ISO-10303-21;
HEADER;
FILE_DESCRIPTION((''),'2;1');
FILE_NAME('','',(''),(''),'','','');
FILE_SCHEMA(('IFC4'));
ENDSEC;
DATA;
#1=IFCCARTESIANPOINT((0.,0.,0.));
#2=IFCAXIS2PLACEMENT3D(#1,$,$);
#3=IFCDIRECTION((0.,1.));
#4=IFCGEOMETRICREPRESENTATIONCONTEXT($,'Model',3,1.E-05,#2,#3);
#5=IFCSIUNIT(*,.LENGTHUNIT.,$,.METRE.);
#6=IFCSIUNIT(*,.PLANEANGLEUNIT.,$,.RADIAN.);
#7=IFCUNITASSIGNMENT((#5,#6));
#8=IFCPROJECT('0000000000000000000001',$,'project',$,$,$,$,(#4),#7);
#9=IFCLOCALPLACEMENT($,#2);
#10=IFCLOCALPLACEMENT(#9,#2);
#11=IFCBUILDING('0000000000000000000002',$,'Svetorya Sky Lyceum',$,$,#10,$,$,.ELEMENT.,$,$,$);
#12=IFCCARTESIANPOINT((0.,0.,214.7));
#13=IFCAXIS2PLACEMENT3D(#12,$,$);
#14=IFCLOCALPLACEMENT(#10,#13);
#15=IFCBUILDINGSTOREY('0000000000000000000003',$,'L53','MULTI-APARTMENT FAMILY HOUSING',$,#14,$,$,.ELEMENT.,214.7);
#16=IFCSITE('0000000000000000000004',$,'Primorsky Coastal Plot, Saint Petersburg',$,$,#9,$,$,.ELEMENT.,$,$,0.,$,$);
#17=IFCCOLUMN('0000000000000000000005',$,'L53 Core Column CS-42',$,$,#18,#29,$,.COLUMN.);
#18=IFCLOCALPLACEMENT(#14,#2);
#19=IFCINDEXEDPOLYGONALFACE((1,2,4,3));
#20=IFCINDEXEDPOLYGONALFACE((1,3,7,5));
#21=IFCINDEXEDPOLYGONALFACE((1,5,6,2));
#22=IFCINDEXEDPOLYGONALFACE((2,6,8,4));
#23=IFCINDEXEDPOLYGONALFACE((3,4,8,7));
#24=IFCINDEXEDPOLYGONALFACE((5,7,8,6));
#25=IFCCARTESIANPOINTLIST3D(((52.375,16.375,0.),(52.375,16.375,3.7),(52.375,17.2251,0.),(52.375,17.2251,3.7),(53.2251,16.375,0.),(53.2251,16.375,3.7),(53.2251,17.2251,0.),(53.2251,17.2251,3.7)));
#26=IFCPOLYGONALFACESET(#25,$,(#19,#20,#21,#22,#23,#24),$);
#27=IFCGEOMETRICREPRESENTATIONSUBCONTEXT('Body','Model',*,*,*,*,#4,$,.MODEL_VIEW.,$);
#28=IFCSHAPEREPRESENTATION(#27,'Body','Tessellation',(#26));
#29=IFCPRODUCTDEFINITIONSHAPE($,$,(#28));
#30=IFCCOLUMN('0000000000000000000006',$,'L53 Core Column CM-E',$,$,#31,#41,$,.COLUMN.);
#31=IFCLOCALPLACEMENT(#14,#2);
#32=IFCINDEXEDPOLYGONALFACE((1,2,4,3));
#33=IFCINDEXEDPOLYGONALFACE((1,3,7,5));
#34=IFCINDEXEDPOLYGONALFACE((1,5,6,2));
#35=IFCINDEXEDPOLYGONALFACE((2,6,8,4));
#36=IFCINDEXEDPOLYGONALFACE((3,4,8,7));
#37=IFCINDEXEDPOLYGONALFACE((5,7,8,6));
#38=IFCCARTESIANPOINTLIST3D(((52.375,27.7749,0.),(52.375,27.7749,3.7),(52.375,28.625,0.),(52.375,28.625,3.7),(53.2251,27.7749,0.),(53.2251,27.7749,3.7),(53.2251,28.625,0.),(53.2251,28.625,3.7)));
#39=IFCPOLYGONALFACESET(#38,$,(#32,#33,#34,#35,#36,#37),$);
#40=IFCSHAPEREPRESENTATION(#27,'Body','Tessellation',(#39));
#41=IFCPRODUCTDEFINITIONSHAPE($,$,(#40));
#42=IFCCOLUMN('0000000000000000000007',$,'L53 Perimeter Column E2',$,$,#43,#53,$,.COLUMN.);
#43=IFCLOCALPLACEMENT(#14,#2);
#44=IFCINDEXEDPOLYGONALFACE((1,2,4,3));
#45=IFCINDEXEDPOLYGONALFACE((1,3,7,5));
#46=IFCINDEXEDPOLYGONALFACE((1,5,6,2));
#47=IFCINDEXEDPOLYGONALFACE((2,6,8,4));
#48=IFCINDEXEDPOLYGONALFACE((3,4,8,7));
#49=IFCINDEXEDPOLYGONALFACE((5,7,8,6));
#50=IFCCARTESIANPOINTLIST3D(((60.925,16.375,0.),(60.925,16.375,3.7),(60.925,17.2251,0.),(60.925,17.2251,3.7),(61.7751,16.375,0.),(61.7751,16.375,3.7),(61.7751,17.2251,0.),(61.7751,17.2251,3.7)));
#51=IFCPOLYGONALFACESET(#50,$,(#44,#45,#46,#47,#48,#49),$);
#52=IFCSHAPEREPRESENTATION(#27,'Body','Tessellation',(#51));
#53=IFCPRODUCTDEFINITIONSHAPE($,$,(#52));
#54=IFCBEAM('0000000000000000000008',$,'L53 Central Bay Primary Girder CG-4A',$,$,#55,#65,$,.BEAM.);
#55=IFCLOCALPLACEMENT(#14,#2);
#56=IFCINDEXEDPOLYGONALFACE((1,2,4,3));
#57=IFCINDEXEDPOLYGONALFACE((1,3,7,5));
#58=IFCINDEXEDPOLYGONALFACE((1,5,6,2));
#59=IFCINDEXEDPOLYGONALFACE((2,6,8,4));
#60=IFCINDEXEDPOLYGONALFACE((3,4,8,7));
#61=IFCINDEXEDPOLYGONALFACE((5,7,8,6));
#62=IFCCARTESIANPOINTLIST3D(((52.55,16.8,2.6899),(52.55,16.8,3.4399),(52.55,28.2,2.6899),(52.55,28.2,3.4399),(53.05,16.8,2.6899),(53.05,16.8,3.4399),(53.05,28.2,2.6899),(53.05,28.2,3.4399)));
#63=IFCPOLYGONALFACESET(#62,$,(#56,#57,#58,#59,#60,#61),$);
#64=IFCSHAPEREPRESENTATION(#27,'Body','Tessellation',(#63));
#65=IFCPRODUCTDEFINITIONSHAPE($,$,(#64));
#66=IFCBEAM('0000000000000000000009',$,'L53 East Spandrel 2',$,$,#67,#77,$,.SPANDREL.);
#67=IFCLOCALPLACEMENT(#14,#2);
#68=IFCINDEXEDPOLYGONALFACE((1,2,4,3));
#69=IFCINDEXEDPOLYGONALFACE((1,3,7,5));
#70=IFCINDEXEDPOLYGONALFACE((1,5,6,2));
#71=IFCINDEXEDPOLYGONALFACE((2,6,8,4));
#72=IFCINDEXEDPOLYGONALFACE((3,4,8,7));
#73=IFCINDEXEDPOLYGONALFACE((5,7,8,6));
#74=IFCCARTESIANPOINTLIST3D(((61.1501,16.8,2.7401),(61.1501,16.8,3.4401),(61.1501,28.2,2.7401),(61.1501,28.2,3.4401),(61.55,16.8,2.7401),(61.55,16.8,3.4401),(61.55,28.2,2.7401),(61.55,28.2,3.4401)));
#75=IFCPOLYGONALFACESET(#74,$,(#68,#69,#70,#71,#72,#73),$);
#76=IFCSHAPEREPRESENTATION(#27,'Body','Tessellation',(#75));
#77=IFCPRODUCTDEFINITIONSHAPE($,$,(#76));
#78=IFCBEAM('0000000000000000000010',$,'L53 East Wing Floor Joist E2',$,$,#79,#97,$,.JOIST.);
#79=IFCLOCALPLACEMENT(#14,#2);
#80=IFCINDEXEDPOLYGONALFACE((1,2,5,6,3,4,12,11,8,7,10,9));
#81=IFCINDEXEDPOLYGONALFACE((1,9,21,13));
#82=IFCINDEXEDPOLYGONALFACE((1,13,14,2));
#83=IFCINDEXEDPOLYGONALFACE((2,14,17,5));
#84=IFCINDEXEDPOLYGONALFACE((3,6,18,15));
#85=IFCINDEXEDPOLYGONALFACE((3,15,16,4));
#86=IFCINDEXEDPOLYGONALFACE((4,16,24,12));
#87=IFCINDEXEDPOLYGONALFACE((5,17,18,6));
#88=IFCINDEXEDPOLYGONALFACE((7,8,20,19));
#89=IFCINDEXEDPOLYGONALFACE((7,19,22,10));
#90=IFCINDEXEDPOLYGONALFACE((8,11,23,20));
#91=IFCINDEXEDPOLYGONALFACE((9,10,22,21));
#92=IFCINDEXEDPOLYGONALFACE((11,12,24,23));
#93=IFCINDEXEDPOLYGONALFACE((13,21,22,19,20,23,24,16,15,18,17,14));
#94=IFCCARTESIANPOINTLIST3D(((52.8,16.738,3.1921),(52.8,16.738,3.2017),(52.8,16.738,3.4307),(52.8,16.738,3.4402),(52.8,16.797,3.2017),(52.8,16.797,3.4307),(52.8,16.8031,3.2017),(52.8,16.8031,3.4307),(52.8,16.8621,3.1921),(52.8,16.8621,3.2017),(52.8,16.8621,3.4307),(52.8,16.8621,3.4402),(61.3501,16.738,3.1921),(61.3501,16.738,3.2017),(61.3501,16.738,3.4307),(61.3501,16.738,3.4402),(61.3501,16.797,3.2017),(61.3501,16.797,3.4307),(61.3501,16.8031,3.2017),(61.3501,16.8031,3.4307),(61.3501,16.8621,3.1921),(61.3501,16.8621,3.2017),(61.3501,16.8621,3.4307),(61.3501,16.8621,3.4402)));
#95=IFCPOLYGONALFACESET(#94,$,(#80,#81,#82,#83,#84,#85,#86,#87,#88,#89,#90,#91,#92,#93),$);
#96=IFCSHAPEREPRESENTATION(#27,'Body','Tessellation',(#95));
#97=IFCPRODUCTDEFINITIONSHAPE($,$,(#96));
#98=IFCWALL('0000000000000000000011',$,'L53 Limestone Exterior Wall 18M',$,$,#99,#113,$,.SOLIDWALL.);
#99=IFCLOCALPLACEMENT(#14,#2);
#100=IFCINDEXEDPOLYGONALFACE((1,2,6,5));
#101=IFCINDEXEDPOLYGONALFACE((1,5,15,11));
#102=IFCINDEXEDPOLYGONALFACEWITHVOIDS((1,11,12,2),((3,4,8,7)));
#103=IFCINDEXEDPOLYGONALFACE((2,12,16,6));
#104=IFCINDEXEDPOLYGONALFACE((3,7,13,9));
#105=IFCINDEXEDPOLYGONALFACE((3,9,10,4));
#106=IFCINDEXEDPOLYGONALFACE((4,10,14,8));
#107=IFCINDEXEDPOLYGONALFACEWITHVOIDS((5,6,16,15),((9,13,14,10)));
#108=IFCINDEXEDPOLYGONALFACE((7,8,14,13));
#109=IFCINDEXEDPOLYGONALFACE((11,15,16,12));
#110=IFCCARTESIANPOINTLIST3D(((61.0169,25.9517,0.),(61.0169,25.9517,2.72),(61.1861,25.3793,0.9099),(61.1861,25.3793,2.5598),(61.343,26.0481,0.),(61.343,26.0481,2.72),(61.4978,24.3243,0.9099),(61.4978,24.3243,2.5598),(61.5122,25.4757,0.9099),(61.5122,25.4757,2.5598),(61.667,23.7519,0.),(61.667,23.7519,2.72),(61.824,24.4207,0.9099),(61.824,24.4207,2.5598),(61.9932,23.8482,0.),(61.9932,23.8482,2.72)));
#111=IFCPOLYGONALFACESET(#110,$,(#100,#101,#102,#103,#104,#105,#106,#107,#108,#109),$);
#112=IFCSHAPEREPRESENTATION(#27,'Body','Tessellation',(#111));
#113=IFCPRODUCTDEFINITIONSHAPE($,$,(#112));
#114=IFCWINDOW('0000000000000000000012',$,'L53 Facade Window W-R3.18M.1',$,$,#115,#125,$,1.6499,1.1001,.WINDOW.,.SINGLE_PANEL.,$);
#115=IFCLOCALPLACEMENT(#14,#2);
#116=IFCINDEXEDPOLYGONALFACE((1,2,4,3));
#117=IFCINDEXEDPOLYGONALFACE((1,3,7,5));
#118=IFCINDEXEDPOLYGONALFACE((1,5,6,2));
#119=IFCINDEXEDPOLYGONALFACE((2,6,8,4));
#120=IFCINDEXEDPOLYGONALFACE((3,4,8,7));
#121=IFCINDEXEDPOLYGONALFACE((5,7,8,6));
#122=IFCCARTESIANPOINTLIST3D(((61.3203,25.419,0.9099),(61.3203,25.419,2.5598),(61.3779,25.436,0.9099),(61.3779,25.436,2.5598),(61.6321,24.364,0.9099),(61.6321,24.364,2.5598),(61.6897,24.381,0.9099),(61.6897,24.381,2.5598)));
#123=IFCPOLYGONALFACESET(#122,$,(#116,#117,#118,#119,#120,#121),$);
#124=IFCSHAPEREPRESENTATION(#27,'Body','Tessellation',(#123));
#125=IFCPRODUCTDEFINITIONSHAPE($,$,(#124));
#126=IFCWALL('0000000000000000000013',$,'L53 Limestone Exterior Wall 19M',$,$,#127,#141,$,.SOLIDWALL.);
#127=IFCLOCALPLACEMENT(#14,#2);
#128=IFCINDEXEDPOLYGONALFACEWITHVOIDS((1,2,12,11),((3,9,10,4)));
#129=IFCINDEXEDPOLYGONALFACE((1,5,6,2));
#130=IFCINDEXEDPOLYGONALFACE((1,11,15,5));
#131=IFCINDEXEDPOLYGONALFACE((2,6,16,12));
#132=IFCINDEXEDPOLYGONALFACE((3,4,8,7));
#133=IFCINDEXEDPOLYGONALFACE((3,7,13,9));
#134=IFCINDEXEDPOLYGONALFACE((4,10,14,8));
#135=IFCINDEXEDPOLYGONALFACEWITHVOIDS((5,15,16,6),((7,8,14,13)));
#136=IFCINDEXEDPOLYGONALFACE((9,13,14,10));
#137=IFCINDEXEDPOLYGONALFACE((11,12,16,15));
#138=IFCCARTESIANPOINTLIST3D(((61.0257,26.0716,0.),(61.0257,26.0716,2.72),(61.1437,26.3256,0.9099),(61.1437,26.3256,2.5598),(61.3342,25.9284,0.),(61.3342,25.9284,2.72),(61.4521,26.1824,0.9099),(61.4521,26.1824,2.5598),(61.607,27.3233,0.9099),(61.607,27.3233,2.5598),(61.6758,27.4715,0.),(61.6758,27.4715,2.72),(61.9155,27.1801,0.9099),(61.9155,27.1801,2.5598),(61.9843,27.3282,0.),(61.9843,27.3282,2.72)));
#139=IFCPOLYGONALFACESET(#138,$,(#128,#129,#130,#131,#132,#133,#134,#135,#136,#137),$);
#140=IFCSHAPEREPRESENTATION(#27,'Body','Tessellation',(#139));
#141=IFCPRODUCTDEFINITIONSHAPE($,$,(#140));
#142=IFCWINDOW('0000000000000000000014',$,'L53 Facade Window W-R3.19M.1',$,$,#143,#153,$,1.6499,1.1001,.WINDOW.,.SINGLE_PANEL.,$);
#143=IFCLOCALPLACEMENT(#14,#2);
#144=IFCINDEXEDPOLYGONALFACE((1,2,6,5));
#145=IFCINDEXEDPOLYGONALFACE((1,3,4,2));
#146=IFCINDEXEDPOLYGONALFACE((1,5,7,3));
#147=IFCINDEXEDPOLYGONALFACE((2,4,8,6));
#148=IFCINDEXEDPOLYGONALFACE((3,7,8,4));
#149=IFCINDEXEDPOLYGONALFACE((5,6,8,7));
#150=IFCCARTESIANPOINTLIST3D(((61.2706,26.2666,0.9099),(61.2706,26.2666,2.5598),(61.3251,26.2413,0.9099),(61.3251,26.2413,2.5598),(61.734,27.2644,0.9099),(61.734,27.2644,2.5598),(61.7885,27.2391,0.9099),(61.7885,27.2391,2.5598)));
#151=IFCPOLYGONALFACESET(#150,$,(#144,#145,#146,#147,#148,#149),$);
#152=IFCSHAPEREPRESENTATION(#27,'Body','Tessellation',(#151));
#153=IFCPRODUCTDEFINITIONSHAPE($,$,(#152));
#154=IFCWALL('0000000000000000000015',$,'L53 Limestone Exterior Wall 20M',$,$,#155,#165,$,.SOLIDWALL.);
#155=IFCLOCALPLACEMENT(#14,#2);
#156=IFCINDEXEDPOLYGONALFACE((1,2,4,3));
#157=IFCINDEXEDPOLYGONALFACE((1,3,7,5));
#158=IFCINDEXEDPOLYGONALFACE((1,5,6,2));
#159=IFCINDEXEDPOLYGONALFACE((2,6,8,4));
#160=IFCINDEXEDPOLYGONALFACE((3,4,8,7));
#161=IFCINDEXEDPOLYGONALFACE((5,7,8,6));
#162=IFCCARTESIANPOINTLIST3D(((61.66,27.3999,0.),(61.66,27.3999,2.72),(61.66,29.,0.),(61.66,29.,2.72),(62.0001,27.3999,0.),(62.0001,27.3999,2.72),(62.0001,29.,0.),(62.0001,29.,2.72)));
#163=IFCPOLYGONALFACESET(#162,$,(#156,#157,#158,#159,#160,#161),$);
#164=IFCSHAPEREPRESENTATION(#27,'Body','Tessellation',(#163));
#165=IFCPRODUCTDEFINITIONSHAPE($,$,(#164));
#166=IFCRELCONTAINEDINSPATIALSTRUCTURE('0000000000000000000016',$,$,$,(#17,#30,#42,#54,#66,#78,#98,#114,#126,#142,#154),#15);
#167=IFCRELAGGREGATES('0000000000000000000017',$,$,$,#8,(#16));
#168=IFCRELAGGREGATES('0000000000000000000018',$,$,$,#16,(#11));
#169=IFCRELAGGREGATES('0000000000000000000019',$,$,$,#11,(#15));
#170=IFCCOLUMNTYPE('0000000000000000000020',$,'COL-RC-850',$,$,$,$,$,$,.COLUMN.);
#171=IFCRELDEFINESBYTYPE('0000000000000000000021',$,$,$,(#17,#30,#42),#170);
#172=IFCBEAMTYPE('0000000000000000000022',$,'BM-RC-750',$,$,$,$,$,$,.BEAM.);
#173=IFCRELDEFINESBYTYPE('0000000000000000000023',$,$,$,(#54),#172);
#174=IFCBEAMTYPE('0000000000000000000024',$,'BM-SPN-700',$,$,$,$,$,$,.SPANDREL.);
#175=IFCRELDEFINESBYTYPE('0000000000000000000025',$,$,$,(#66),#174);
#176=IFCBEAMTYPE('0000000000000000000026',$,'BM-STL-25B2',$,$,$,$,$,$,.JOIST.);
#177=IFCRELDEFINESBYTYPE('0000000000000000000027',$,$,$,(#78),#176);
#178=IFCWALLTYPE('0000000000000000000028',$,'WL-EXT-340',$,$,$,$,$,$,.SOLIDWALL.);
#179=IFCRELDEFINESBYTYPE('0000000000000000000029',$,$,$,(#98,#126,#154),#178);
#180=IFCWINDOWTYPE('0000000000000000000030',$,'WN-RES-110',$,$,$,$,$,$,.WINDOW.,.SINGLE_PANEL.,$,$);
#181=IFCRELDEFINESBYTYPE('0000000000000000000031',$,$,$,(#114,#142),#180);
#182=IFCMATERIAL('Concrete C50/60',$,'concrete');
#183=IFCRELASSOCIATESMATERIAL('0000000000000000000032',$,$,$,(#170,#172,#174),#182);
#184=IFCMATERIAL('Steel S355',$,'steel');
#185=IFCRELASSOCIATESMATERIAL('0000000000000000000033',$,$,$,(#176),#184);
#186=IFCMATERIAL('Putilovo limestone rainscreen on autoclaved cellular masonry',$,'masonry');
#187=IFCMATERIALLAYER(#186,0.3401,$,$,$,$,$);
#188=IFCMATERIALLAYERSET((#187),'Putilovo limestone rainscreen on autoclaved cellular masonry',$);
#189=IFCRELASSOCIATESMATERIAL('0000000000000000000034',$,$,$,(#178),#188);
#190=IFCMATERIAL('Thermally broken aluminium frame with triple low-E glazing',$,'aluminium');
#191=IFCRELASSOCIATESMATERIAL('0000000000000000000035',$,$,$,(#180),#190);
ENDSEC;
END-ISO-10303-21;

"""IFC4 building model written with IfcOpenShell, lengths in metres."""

from ifc_helpers import new_model, si_unit, direction, frame, frame_2d, origin, origin_2d, place, context, subcontext, project, spatial, rectangle, i_section, extrude, material, layer, layer_set, material_profile, profile_set, type_object, element, fill, save


model = new_model("IFC4")

# Units and contexts
model_context = context("Model", 3, precision=1e-05, world=origin(), true_north=direction((0.0, 1.0)))
body_context = subcontext(model_context, "Body", "Model", "MODEL_VIEW")
ifc_project = project(units=[si_unit("LENGTHUNIT", "METRE"), si_unit("PLANEANGLEUNIT", "RADIAN")], contexts=[model_context])

# Site, building, storey
site_placement = place(None, origin())
site = spatial("IfcSite", under=ifc_project, at=site_placement, Name="Primorsky Coastal Plot, Saint Petersburg", CompositionType="ELEMENT", RefElevation=0.0)
building_placement = place(site_placement, origin())
building = spatial("IfcBuilding", under=site, at=building_placement, Name="Svetorya Sky Lyceum", CompositionType="ELEMENT")
storey_placement = place(building_placement, frame((0.0, 0.0, 214.7)))
storey = spatial("IfcBuildingStorey", under=building, at=storey_placement, Name="L53", Description="MULTI-APARTMENT FAMILY HOUSING", CompositionType="ELEMENT", Elevation=214.7)

# Columns
ifc_material_1 = material(Name="Concrete C50/60", Category="concrete")
ifc_material_profile_1 = material_profile(ifc_material_1, rectangle(XDim=0.8501, YDim=0.8501, at=origin_2d()), Name="RC COL 850x850")
ifc_profile_set_1 = profile_set([ifc_material_profile_1], Name="Concrete C50/60")
column_type = type_object("IfcColumnType", Name="COL-RC-850", PredefinedType="COLUMN", material=ifc_profile_set_1)
for number, where, z_axis, x_axis, name in (
    (1, (52.8, 16.8, 0.0), (0.0, 0.0, 1.0), (1.0, 0.0, 0.0), "L53 Core Column CS-42"),
    (2, (52.8, 28.2, 0.0), (0.0, 0.0, 1.0), (1.0, 0.0, 0.0), "L53 Core Column CM-E"),
    (3, (61.3501, 16.8, 0.0), (0.0, 0.0, 1.0), (1.0, 0.0, 0.0), "L53 Perimeter Column E2"),
):
    element("IfcColumn", number, at=place(storey_placement, frame(where, z_axis=z_axis, x_axis=x_axis)), inside=storey, type_object=column_type, Name=name, PredefinedType="COLUMN", context=body_context, shape_type="SweptSolid", body=[
        extrude(rectangle(XDim=0.8501, YDim=0.8501, at=origin_2d()), origin(), (0.0, 0.0, 1.0), 3.7),
    ])

# Beams
ifc_material_profile_2 = material_profile(ifc_material_1, rectangle(XDim=0.5, YDim=0.75, at=origin_2d()), Name="RC BEAM 500x750")
ifc_profile_set_2 = profile_set([ifc_material_profile_2], Name="Concrete C50/60")
beam_type_1 = type_object("IfcBeamType", Name="BM-RC-750", PredefinedType="BEAM", material=ifc_profile_set_2)
beam_1_placement = place(storey_placement, frame((52.8, 16.8, 3.0649), z_axis=(0.0, 1.0, 0.0), x_axis=(-1.0, 0.0, 0.0)))
element("IfcBeam", 4, at=beam_1_placement, inside=storey, type_object=beam_type_1, Name="L53 Central Bay Primary Girder CG-4A", PredefinedType="BEAM", context=body_context, shape_type="SweptSolid", body=[
    extrude(rectangle(XDim=0.5, YDim=0.75, at=origin_2d()), origin(), (0.0, 0.0, 1.0), 11.3999),
])
ifc_material_profile_3 = material_profile(ifc_material_1, rectangle(XDim=0.3999, YDim=0.7, at=origin_2d()), Name="RC SPANDREL 400x700")
ifc_profile_set_3 = profile_set([ifc_material_profile_3], Name="Concrete C50/60")
beam_type_2 = type_object("IfcBeamType", Name="BM-SPN-700", PredefinedType="SPANDREL", material=ifc_profile_set_3)
beam_2_placement = place(storey_placement, frame((61.3501, 16.8, 3.0901), z_axis=(0.0, 1.0, 0.0), x_axis=(-1.0, 0.0, 0.0)))
element("IfcBeam", 5, at=beam_2_placement, inside=storey, type_object=beam_type_2, Name="L53 East Spandrel 2", PredefinedType="SPANDREL", context=body_context, shape_type="SweptSolid", body=[
    extrude(rectangle(XDim=0.3999, YDim=0.7, at=origin_2d()), origin(), (0.0, 0.0, 1.0), 11.3999),
])
ifc_material_2 = material(Name="Steel S355", Category="steel")
ifc_material_profile_4 = material_profile(ifc_material_2, i_section(OverallWidth=0.124, OverallDepth=0.248, WebThickness=0.0061, FlangeThickness=0.0095, at=origin_2d()), Name="GOST 25B2")
ifc_profile_set_4 = profile_set([ifc_material_profile_4], Name="Steel S355")
beam_type_3 = type_object("IfcBeamType", Name="BM-STL-25B2", PredefinedType="JOIST", material=ifc_profile_set_4)
beam_3_placement = place(storey_placement, frame((52.8, 16.8, 3.3162), z_axis=(1.0, 0.0, 0.0), x_axis=(0.0, 1.0, 0.0)))
element("IfcBeam", 6, at=beam_3_placement, inside=storey, type_object=beam_type_3, Name="L53 East Wing Floor Joist E2", PredefinedType="JOIST", context=body_context, shape_type="SweptSolid", body=[
    extrude(i_section(OverallWidth=0.124, OverallDepth=0.248, WebThickness=0.0061, FlangeThickness=0.0095, at=origin_2d()), origin(), (0.0, 0.0, 1.0), 8.55),
])

# Walls, openings, windows
ifc_material_3 = material(Name="Putilovo limestone rainscreen on autoclaved cellular masonry", Category="masonry")
ifc_layer_1 = layer(ifc_material_3, 0.3401)
ifc_layer_set_1 = layer_set([ifc_layer_1], Name="Putilovo limestone rainscreen on autoclaved cellular masonry")
wall_type_1 = type_object("IfcWallType", Name="WL-EXT-340", PredefinedType="SOLIDWALL", material=ifc_layer_set_1)
wall_1_placement = place(storey_placement, frame((61.8301, 23.8, 0.0), z_axis=(0.0, 0.0, 1.0), x_axis=(-0.283411, 0.958999, 0.0)))
wall_1 = element("IfcWall", 7, at=wall_1_placement, inside=storey, type_object=wall_type_1, Name="L53 Limestone Exterior Wall 18M", PredefinedType="SOLIDWALL", context=body_context, shape_type="SweptSolid", body=[
    extrude(rectangle(XDim=2.2939, YDim=0.3401, at=frame_2d((1.147, 0.0))), origin(), (0.0, 0.0, 1.0), 2.72),
])
opening_1_placement = place(wall_1_placement, frame((0.5969, 0.0, 0.9099)))
opening_1 = element("IfcOpeningElement", 8, at=opening_1_placement, cuts=wall_1, PredefinedType="OPENING", context=body_context, shape_type="SweptSolid", body=[
    extrude(rectangle(XDim=1.1001, YDim=1.6499, at=frame_2d((0.55, 0.825))), frame((0.0, 0.1799, 0.0), z_axis=(0.0, -1.0, 0.0), x_axis=(1.0, 0.0, 0.0)), (0.0, 0.0, 1.0), 0.3601),
])
ifc_material_4 = material(Name="Thermally broken aluminium frame with triple low-E glazing", Category="aluminium")
window_type = type_object("IfcWindowType", Name="WN-RES-110", PartitioningType="SINGLE_PANEL", PredefinedType="WINDOW", material=ifc_material_4)
window_1_placement = place(opening_1_placement, origin())
window_1 = element("IfcWindow", 9, at=window_1_placement, inside=storey, type_object=window_type, Name="L53 Facade Window W-R3.18M.1", OverallHeight=1.6499, OverallWidth=1.1001, PartitioningType="SINGLE_PANEL", PredefinedType="WINDOW", context=body_context, shape_type="SweptSolid", body=[
    extrude(rectangle(XDim=1.1001, YDim=1.6499, at=frame_2d((0.55, 0.825))), frame((0.0, 0.03, 0.0), z_axis=(0.0, -1.0, 0.0), x_axis=(1.0, 0.0, 0.0)), (0.0, 0.0, 1.0), 0.0601),
])
fill(opening_1, window_1)
wall_2_placement = place(storey_placement, frame((61.1799, 26.0, 0.0), z_axis=(0.0, 0.0, 1.0), x_axis=(0.421214, 0.906961, 0.0)))
wall_2 = element("IfcWall", 10, at=wall_2_placement, inside=storey, type_object=wall_type_1, Name="L53 Limestone Exterior Wall 19M", PredefinedType="SOLIDWALL", context=body_context, shape_type="SweptSolid", body=[
    extrude(rectangle(XDim=1.5435, YDim=0.3401, at=frame_2d((0.7717, 0.0))), origin(), (0.0, 0.0, 1.0), 2.72),
])
opening_2_placement = place(wall_2_placement, frame((0.28, 0.0, 0.9099)))
opening_2 = element("IfcOpeningElement", 11, at=opening_2_placement, cuts=wall_2, PredefinedType="OPENING", context=body_context, shape_type="SweptSolid", body=[
    extrude(rectangle(XDim=1.1001, YDim=1.6499, at=frame_2d((0.55, 0.825))), frame((0.0, 0.1799, 0.0), z_axis=(0.0, -1.0, 0.0), x_axis=(1.0, 0.0, 0.0)), (0.0, 0.0, 1.0), 0.3601),
])
window_2_placement = place(opening_2_placement, origin())
window_2 = element("IfcWindow", 12, at=window_2_placement, inside=storey, type_object=window_type, Name="L53 Facade Window W-R3.19M.1", OverallHeight=1.6499, OverallWidth=1.1001, PartitioningType="SINGLE_PANEL", PredefinedType="WINDOW", context=body_context, shape_type="SweptSolid", body=[
    extrude(rectangle(XDim=1.1001, YDim=1.6499, at=frame_2d((0.55, 0.825))), frame((0.0, 0.03, 0.0), z_axis=(0.0, -1.0, 0.0), x_axis=(1.0, 0.0, 0.0)), (0.0, 0.0, 1.0), 0.0601),
])
fill(opening_2, window_2)

# Wall
wall_3_placement = place(storey_placement, frame((61.8301, 27.3999, 0.0), z_axis=(0.0, 0.0, 1.0), x_axis=(0.0, 1.0, 0.0)))
element("IfcWall", 13, at=wall_3_placement, inside=storey, type_object=wall_type_1, Name="L53 Limestone Exterior Wall 20M", PredefinedType="SOLIDWALL", context=body_context, shape_type="SweptSolid", body=[
    extrude(rectangle(XDim=1.6001, YDim=0.3401, at=frame_2d((0.8, 0.0))), origin(), (0.0, 0.0, 1.0), 2.72),
])

save(model, "model.ifc")
